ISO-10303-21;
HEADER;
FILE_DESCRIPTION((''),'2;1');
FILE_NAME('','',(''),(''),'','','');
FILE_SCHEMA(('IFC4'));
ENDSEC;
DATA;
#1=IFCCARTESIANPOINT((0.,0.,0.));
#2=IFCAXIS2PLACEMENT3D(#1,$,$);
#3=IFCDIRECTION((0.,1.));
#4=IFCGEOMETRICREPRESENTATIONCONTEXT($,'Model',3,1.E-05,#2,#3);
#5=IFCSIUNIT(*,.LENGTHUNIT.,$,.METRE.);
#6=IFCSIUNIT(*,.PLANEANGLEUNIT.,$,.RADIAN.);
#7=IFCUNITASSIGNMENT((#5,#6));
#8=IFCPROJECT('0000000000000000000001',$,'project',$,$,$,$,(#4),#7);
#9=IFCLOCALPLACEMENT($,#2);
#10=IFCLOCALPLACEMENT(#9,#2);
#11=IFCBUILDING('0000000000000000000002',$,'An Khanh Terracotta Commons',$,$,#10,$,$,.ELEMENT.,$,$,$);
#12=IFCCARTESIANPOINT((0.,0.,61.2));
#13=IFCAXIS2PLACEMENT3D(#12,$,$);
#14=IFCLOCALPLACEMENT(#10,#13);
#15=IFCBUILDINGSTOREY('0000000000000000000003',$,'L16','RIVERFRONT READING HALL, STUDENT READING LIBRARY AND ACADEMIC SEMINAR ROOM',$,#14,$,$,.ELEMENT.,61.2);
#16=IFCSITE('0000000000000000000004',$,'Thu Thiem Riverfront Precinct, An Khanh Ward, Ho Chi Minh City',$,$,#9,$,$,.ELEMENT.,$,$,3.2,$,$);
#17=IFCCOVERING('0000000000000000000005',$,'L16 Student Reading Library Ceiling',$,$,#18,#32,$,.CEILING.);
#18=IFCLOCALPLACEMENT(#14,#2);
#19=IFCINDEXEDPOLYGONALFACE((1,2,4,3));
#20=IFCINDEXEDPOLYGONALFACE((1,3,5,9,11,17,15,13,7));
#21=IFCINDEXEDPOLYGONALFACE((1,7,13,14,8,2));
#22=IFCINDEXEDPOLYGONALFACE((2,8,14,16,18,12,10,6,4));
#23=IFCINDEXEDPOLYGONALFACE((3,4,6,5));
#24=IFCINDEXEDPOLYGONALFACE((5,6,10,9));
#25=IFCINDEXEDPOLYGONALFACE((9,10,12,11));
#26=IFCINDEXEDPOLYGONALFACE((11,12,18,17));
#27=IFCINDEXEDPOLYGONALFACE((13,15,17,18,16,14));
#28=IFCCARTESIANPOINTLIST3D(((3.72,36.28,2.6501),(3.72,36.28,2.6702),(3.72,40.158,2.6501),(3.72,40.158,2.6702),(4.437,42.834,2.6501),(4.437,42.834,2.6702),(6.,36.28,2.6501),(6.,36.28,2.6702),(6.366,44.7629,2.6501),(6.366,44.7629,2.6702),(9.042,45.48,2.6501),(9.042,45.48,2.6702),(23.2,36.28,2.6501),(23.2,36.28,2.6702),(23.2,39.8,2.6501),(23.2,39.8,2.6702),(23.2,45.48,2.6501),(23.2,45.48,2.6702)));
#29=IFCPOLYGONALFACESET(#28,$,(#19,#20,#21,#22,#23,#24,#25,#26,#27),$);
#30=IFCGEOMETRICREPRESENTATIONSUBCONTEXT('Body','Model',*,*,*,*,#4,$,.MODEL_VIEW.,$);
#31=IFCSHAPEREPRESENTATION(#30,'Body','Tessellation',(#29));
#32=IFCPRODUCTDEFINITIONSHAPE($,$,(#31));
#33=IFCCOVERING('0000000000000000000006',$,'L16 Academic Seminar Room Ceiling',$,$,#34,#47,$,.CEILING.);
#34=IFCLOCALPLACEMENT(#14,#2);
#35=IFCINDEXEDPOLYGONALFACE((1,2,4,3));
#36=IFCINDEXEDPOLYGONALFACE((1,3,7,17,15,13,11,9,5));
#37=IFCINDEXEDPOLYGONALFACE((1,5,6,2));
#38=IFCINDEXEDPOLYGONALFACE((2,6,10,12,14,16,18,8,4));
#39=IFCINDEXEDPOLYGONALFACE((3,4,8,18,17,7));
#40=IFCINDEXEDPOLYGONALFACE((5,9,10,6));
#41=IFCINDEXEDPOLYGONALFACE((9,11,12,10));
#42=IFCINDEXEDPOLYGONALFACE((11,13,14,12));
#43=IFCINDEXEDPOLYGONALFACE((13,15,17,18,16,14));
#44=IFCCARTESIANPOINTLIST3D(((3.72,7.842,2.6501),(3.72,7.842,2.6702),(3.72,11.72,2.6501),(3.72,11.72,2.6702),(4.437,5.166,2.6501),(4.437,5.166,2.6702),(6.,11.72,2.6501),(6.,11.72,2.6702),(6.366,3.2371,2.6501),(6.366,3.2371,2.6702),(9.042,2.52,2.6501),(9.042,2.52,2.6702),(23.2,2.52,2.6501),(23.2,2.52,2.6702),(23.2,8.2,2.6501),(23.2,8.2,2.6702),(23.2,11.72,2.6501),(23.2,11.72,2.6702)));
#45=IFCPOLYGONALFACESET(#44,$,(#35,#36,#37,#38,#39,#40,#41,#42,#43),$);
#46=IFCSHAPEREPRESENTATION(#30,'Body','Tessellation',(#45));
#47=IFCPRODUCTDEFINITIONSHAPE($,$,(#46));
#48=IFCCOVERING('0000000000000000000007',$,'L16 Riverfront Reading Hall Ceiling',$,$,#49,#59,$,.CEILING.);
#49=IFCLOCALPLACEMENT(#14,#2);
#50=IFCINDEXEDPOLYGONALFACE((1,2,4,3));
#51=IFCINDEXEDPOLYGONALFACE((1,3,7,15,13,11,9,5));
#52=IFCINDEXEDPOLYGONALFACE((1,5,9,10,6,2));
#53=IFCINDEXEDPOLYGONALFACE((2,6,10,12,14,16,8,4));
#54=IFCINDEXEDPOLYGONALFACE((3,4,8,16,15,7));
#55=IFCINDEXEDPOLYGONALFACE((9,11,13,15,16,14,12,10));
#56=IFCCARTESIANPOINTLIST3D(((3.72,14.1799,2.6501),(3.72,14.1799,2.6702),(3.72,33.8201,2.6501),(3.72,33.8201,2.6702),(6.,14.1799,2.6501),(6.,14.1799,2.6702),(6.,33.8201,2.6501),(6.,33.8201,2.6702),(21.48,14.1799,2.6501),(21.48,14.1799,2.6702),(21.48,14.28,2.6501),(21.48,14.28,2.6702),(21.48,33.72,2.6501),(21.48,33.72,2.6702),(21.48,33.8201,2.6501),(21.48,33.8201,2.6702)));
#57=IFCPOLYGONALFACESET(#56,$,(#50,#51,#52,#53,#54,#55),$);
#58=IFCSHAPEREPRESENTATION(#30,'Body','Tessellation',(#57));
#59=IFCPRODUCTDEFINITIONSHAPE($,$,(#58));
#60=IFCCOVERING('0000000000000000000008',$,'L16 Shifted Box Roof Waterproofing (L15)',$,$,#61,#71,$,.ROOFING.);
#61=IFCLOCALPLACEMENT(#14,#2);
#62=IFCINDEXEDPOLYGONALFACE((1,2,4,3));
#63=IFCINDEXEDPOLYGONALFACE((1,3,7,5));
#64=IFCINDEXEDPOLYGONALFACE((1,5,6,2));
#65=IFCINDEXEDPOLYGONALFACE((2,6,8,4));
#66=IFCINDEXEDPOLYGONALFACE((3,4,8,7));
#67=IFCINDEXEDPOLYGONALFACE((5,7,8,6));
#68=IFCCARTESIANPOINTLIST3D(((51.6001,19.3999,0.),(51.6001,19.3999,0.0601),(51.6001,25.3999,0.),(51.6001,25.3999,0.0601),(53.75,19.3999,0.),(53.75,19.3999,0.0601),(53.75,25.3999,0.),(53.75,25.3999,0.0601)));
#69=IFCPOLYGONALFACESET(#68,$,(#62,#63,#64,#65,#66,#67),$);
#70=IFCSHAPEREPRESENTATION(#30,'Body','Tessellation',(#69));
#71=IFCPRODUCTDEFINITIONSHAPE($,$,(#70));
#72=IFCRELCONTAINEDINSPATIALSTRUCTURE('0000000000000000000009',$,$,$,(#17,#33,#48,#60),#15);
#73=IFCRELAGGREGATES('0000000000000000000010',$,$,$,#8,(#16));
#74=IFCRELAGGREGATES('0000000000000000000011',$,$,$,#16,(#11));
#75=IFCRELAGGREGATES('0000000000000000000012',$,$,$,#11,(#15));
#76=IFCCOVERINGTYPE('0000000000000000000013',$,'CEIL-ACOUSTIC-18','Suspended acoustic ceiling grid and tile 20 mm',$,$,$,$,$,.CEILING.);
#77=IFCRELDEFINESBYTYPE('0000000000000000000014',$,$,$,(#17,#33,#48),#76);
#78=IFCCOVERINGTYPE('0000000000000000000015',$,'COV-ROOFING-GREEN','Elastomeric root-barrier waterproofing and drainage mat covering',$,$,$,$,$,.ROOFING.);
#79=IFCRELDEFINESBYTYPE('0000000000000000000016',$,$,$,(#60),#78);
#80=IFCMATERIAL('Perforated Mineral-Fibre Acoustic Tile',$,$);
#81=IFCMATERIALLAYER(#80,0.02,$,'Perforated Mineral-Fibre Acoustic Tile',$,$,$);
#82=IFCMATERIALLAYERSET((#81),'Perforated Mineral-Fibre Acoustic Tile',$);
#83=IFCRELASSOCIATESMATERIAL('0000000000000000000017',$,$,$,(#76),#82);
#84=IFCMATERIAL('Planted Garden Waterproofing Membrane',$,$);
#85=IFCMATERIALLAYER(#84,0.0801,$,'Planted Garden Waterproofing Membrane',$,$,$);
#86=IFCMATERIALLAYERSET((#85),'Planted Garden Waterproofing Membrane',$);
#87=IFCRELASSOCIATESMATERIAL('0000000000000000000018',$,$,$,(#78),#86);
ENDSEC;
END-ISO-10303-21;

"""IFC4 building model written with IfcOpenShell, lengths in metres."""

from ifc_helpers import new_model, si_unit, direction, frame, origin, place, context, subcontext, project, spatial, polyline, outline, extrude, material, layer, layer_set, type_object, element, save


model = new_model("IFC4")

# Units and contexts
model_context = context("Model", 3, precision=1e-05, world=origin(), true_north=direction((0.0, 1.0)))
body_context = subcontext(model_context, "Body", "Model", "MODEL_VIEW")
ifc_project = project(units=[si_unit("LENGTHUNIT", "METRE"), si_unit("PLANEANGLEUNIT", "RADIAN")], contexts=[model_context])

# Site, building, storey
site_placement = place(None, origin())
site = spatial("IfcSite", under=ifc_project, at=site_placement, Name="Thu Thiem Riverfront Precinct, An Khanh Ward, Ho Chi Minh City", CompositionType="ELEMENT", RefElevation=3.2)
building_placement = place(site_placement, origin())
building = spatial("IfcBuilding", under=site, at=building_placement, Name="An Khanh Terracotta Commons", CompositionType="ELEMENT")
storey_placement = place(building_placement, frame((0.0, 0.0, 61.2)))
storey = spatial("IfcBuildingStorey", under=building, at=storey_placement, Name="L16", Description="RIVERFRONT READING HALL, STUDENT READING LIBRARY AND ACADEMIC SEMINAR ROOM", CompositionType="ELEMENT", Elevation=61.2)

# Coverings
ifc_material_1 = material(Name="Perforated Mineral-Fibre Acoustic Tile")
ifc_layer_1 = layer(ifc_material_1, 0.02, Name="Perforated Mineral-Fibre Acoustic Tile")
ifc_layer_set_1 = layer_set([ifc_layer_1], Name="Perforated Mineral-Fibre Acoustic Tile")
covering_type_1 = type_object("IfcCoveringType", Name="CEIL-ACOUSTIC-18", Description="Suspended acoustic ceiling grid and tile 20 mm", PredefinedType="CEILING", material=ifc_layer_set_1)
covering_1_placement = place(storey_placement, frame((0.0, 0.0, 2.6501)))
element("IfcCovering", 1, at=covering_1_placement, inside=storey, type_object=covering_type_1, Name="L16 Student Reading Library Ceiling", PredefinedType="CEILING", context=body_context, shape_type="SweptSolid", body=[
    extrude(outline(polyline([(9.042, 45.48), (23.2, 45.48), (23.2, 39.8), (23.2, 36.28), (6.0, 36.28), (3.72, 36.28), (3.72, 40.158), (4.437, 42.834), (6.366, 44.7629), (9.042, 45.48)])), origin(), (0.0, 0.0, 1.0), 0.02),
])
covering_2_placement = place(storey_placement, frame((0.0, 0.0, 2.6501)))
element("IfcCovering", 2, at=covering_2_placement, inside=storey, type_object=covering_type_1, Name="L16 Academic Seminar Room Ceiling", PredefinedType="CEILING", context=body_context, shape_type="SweptSolid", body=[
    extrude(outline(polyline([(9.042, 2.52), (6.366, 3.2371), (4.437, 5.166), (3.72, 7.842), (3.72, 11.72), (6.0, 11.72), (23.2, 11.72), (23.2, 8.2), (23.2, 2.52), (9.042, 2.52)])), origin(), (0.0, 0.0, 1.0), 0.02),
])
covering_3_placement = place(storey_placement, frame((0.0, 0.0, 2.6501)))
element("IfcCovering", 3, at=covering_3_placement, inside=storey, type_object=covering_type_1, Name="L16 Riverfront Reading Hall Ceiling", PredefinedType="CEILING", context=body_context, shape_type="SweptSolid", body=[
    extrude(outline(polyline([(3.72, 33.8201), (6.0, 33.8201), (21.48, 33.8201), (21.48, 33.72), (21.48, 14.28), (21.48, 14.1799), (6.0, 14.1799), (3.72, 14.1799), (3.72, 33.8201)])), origin(), (0.0, 0.0, 1.0), 0.02),
])
ifc_material_2 = material(Name="Planted Garden Waterproofing Membrane")
ifc_layer_2 = layer(ifc_material_2, 0.0801, Name="Planted Garden Waterproofing Membrane")
ifc_layer_set_2 = layer_set([ifc_layer_2], Name="Planted Garden Waterproofing Membrane")
covering_type_2 = type_object("IfcCoveringType", Name="COV-ROOFING-GREEN", Description="Elastomeric root-barrier waterproofing and drainage mat covering", PredefinedType="ROOFING", material=ifc_layer_set_2)
covering_4_placement = place(storey_placement, origin())
element("IfcCovering", 4, at=covering_4_placement, inside=storey, type_object=covering_type_2, Name="L16 Shifted Box Roof Waterproofing (L15)", PredefinedType="ROOFING", context=body_context, shape_type="SweptSolid", body=[
    extrude(outline(polyline([(51.6001, 19.3999), (53.75, 19.3999), (53.75, 25.3999), (51.6001, 25.3999), (51.6001, 19.3999)])), origin(), (0.0, 0.0, 1.0), 0.0601),
])

save(model, "model.ifc")
